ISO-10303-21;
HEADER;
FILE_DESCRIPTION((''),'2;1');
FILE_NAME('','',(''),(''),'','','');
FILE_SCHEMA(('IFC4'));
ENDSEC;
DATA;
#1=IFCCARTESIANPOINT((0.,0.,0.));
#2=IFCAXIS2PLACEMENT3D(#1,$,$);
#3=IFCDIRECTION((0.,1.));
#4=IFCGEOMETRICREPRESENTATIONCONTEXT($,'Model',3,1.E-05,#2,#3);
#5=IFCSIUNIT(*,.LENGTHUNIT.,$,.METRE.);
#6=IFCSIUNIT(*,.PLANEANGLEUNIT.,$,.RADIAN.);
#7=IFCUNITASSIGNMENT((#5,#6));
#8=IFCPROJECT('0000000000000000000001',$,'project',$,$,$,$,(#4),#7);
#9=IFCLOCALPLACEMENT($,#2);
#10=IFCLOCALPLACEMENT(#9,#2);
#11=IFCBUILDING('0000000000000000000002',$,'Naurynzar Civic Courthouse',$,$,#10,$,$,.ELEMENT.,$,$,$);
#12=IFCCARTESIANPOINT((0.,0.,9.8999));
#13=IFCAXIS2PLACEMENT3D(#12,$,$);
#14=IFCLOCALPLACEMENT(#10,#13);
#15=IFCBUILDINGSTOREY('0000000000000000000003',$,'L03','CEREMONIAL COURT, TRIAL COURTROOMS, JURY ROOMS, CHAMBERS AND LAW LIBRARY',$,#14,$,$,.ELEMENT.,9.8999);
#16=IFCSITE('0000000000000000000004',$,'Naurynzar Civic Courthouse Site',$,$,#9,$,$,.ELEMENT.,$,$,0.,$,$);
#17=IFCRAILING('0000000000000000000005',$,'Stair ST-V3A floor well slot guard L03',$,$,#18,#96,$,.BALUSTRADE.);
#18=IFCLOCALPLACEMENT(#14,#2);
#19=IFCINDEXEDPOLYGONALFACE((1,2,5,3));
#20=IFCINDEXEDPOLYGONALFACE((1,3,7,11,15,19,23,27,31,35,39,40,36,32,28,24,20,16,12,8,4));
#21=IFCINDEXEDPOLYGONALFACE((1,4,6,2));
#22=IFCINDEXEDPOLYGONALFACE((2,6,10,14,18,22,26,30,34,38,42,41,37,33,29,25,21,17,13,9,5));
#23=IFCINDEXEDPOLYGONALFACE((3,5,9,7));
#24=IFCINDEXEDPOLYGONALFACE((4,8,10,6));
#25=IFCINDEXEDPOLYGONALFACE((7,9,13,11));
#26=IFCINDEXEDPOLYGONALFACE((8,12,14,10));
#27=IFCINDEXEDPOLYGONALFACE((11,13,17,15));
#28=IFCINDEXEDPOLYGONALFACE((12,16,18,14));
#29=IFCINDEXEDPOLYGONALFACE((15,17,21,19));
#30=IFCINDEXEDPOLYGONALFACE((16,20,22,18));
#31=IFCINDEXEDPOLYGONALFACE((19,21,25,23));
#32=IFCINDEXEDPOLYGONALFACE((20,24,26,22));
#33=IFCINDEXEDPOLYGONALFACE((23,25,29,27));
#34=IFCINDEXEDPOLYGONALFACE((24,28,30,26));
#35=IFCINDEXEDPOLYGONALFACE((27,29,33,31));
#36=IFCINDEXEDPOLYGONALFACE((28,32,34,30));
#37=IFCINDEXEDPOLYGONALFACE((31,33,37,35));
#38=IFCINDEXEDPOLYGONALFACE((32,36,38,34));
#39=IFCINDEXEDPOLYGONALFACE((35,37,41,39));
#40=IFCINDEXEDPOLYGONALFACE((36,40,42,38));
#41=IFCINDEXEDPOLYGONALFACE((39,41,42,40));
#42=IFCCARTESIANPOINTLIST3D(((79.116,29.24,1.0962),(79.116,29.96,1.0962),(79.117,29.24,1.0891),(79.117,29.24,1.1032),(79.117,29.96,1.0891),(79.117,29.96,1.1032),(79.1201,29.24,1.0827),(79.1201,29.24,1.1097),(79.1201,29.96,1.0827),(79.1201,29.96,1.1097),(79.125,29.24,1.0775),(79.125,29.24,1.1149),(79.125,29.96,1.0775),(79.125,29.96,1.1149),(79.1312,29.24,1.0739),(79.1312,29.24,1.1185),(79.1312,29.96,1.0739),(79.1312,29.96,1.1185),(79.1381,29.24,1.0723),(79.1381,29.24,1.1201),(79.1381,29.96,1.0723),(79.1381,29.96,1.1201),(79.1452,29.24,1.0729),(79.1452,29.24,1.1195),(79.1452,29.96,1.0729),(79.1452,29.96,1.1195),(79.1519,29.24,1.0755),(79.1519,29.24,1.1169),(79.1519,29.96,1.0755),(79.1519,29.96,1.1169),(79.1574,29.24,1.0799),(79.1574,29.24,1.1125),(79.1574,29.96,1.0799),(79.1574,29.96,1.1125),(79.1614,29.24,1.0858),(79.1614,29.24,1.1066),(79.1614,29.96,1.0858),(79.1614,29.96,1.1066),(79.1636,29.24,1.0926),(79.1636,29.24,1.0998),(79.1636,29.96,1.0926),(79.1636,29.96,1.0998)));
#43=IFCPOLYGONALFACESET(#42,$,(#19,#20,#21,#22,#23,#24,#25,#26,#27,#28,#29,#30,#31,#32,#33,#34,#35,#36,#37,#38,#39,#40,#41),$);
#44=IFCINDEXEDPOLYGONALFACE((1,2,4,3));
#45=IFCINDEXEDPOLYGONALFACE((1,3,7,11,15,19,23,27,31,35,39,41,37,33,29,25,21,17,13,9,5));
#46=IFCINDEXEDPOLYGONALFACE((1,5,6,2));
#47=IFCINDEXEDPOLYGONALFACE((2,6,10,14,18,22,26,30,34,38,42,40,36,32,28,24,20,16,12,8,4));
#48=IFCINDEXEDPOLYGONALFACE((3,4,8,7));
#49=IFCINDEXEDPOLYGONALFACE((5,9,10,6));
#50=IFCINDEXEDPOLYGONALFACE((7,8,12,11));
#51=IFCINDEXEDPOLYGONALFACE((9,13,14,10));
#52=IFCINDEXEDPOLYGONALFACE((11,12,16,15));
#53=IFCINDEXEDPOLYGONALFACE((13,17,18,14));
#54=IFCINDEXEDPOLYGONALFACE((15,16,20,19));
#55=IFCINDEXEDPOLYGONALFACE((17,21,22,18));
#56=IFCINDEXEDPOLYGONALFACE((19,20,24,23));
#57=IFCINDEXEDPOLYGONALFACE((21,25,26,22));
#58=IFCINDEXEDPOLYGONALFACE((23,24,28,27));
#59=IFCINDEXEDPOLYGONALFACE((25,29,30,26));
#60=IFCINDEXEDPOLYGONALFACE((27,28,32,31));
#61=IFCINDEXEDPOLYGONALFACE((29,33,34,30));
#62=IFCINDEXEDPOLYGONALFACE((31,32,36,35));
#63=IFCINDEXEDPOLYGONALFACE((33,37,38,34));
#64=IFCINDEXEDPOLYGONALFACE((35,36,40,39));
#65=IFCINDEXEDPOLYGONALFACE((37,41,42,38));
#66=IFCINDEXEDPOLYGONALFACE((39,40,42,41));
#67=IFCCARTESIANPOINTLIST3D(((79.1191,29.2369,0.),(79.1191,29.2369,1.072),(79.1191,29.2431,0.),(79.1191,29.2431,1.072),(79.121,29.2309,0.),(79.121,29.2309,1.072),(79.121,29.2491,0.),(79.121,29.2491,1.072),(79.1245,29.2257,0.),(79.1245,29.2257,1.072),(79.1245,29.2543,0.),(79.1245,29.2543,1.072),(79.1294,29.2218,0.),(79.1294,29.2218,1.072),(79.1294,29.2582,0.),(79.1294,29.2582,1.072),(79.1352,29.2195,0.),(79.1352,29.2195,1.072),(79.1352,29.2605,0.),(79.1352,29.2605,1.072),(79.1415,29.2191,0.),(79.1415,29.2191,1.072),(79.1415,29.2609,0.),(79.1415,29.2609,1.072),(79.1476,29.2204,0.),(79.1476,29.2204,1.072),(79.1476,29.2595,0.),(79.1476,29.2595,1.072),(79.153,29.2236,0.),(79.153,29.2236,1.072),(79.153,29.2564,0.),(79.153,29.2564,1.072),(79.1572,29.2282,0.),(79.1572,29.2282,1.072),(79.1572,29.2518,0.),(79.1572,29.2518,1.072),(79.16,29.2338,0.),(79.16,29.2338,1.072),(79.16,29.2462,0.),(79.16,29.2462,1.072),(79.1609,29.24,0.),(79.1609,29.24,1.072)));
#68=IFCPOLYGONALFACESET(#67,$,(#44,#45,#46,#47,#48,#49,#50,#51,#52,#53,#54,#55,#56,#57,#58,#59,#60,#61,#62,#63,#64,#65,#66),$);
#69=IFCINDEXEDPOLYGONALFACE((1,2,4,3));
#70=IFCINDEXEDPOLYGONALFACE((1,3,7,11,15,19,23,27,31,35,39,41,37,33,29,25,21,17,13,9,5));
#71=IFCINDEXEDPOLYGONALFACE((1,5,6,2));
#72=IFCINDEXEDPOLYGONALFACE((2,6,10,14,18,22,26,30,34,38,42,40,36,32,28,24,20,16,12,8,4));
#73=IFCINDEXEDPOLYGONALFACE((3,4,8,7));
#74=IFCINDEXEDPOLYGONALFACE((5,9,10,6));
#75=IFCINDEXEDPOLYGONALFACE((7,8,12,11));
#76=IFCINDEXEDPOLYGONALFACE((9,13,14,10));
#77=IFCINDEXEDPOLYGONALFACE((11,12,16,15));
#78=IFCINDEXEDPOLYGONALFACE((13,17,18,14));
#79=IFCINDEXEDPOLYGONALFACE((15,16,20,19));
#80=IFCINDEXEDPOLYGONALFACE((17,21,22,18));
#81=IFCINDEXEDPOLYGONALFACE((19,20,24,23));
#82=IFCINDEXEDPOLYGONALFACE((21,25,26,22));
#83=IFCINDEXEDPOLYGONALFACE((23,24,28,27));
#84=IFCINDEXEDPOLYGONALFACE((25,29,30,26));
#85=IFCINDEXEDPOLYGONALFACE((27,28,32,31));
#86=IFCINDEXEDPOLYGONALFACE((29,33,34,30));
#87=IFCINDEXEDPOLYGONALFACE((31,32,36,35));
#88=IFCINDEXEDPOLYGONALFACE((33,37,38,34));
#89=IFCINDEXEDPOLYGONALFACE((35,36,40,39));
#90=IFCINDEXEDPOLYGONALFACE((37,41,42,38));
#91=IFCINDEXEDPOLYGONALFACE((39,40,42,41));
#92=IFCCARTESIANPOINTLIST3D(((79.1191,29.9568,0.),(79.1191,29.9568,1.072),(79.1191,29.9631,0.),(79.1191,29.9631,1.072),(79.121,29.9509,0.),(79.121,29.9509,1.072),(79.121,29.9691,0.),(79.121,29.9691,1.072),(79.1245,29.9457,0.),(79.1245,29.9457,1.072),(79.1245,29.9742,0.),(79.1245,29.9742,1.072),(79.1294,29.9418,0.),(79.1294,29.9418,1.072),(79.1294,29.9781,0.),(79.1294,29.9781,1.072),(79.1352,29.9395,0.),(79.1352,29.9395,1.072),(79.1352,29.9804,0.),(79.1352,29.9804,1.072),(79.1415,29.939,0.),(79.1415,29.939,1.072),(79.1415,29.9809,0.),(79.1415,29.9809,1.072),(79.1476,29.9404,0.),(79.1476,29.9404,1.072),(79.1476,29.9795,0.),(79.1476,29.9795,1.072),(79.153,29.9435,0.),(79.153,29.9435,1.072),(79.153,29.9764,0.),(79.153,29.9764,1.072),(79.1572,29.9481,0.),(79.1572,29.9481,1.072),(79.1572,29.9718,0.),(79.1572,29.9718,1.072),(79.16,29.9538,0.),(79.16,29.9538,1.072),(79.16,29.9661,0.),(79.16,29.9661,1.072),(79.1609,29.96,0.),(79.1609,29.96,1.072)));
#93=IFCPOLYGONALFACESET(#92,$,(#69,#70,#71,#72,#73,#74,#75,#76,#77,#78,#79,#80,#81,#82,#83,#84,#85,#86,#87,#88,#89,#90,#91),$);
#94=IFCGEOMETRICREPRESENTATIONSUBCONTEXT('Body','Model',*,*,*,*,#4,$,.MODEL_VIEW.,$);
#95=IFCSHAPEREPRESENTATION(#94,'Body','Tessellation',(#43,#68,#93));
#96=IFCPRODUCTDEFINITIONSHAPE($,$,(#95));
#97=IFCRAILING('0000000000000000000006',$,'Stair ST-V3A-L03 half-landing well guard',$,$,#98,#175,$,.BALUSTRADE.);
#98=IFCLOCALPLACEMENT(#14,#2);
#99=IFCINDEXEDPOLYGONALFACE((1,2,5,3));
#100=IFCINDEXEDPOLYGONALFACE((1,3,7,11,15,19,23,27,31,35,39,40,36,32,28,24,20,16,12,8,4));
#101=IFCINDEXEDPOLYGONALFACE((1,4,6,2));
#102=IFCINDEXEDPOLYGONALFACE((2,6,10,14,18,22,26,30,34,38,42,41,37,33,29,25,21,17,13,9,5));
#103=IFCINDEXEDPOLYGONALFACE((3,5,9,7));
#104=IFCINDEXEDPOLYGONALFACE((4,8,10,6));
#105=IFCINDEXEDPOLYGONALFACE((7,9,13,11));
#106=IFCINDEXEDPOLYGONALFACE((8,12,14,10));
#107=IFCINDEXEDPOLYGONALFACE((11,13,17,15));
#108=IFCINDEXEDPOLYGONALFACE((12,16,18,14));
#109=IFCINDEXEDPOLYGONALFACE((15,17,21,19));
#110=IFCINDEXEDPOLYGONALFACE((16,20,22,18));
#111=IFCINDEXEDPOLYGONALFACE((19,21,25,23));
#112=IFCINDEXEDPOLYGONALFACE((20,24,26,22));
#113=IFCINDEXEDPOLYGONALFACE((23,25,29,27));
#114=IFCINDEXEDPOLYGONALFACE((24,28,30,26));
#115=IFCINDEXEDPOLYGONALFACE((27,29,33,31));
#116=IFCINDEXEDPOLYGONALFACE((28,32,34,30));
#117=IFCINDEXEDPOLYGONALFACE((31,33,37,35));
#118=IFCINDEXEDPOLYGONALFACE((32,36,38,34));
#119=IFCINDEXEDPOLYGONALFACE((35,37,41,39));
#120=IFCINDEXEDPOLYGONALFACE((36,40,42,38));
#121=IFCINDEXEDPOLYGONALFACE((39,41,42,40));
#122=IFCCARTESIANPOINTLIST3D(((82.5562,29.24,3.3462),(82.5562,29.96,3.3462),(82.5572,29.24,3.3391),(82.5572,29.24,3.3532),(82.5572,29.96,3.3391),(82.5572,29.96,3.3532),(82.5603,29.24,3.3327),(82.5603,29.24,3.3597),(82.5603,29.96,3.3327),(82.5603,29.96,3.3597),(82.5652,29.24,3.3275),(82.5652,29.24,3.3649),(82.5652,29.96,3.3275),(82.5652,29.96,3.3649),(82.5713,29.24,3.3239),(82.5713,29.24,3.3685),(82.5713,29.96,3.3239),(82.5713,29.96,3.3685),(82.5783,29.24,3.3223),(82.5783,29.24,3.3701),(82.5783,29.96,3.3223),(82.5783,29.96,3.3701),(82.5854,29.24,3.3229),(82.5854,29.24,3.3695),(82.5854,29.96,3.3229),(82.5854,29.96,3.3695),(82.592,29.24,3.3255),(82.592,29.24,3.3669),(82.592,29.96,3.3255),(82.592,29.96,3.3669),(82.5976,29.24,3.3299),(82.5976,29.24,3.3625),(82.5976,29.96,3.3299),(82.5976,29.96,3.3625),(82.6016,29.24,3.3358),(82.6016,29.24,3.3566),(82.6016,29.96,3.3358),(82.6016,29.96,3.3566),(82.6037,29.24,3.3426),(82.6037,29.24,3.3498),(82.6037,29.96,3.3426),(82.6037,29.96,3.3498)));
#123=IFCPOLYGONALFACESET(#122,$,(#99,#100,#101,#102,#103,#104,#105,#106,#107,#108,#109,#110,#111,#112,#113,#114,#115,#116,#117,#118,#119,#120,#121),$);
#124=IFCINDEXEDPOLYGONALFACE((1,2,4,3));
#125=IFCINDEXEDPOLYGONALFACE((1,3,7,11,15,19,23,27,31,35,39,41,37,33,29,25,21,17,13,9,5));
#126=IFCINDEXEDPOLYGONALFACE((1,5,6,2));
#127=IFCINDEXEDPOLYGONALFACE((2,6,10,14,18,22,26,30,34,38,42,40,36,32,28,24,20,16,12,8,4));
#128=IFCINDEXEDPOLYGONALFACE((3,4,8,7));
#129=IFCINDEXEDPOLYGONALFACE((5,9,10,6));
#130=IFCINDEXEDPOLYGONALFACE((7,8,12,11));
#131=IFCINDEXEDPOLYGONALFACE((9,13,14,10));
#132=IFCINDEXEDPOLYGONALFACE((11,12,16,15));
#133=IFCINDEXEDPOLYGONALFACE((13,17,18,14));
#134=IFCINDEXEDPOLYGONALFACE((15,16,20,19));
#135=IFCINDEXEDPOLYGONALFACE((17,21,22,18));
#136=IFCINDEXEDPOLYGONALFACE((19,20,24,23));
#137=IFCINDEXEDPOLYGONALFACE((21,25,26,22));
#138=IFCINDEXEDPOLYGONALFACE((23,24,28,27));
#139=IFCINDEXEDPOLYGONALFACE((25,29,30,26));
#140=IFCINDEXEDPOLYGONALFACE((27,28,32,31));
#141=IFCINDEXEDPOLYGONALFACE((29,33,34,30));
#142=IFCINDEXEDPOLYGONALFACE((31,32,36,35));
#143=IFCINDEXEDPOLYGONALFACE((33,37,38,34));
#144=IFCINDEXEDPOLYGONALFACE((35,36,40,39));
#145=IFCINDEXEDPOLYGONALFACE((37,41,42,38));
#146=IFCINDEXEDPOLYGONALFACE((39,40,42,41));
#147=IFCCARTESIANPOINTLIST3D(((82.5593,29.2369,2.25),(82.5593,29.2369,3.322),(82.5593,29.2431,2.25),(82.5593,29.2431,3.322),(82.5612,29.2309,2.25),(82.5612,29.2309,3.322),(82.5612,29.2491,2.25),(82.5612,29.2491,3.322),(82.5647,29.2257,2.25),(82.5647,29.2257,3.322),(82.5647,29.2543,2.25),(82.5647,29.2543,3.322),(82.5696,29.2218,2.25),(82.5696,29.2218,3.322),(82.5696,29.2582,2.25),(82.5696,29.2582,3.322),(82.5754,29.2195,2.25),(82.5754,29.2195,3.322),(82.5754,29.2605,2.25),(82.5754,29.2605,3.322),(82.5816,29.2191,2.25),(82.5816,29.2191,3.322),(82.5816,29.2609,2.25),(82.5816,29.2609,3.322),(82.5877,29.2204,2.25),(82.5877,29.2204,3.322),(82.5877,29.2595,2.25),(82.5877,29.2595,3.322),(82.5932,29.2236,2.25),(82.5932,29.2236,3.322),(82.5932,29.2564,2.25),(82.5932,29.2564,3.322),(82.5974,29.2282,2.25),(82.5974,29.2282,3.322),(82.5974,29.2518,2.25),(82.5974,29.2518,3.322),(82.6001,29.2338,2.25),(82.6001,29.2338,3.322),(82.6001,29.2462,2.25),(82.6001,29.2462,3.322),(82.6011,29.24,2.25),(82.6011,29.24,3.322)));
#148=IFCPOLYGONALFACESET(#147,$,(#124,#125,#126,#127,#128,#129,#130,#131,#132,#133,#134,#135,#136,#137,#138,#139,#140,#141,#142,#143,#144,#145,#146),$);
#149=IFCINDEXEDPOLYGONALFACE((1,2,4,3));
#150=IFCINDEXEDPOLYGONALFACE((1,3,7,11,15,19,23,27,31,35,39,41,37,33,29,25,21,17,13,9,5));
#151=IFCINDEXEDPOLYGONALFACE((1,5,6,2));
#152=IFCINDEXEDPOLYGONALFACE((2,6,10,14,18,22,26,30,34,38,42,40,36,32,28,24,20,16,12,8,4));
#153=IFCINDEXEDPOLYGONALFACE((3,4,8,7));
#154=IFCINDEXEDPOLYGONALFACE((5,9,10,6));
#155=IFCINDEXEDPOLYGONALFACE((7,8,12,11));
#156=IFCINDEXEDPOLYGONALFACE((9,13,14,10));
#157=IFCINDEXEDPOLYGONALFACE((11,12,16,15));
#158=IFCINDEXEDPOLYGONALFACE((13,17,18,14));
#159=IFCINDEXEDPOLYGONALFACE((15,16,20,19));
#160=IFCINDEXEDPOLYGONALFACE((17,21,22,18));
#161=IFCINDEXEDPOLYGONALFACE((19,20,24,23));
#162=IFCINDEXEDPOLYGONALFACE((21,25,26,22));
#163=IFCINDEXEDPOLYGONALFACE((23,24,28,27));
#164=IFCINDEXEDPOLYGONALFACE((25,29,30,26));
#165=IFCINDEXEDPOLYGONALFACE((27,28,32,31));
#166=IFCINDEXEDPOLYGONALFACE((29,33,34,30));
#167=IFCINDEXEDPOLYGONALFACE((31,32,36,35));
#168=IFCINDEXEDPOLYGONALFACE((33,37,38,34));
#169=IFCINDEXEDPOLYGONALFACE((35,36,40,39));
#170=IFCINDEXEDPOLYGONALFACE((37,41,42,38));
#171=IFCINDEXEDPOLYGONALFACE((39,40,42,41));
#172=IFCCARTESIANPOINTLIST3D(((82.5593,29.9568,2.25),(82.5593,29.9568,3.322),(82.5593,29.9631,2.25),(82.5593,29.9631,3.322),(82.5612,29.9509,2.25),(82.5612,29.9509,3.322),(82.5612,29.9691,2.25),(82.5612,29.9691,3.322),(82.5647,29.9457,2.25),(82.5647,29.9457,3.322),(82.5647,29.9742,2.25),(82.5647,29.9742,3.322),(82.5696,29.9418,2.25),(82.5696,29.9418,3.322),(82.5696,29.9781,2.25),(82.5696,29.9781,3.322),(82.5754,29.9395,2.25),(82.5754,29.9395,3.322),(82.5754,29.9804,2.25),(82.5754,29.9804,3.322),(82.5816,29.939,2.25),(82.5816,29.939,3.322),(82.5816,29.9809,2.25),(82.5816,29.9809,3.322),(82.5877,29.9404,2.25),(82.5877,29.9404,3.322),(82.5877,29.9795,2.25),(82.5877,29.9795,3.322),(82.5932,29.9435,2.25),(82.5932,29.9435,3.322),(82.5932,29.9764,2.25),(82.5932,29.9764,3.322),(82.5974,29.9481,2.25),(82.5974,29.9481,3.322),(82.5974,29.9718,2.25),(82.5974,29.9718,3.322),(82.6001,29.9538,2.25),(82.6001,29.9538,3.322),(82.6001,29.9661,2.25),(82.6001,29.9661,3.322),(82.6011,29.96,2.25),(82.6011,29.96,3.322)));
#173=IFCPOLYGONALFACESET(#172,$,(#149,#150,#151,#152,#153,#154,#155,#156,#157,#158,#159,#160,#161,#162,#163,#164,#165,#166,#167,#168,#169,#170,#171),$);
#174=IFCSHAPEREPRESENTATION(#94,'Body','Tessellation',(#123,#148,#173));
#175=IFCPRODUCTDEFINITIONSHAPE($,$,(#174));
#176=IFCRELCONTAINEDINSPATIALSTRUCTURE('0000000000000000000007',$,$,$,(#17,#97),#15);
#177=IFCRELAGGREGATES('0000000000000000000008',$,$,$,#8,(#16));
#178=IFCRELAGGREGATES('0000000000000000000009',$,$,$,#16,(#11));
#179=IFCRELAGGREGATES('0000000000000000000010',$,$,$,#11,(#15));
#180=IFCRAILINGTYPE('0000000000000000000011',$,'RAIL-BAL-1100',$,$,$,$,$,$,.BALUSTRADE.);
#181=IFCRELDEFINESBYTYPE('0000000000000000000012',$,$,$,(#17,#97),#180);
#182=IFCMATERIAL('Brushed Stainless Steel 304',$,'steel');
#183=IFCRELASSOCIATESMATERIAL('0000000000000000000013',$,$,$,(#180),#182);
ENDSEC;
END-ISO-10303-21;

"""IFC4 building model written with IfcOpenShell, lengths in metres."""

from ifc_helpers import new_model, si_unit, direction, frame, origin, origin_2d, place, context, subcontext, project, spatial, circle, extrude, material, type_object, element, save


model = new_model("IFC4")

# Units and contexts
model_context = context("Model", 3, precision=1e-05, world=origin(), true_north=direction((0.0, 1.0)))
body_context = subcontext(model_context, "Body", "Model", "MODEL_VIEW")
ifc_project = project(units=[si_unit("LENGTHUNIT", "METRE"), si_unit("PLANEANGLEUNIT", "RADIAN")], contexts=[model_context])

# Site, building, storey
site_placement = place(None, origin())
site = spatial("IfcSite", under=ifc_project, at=site_placement, Name="Naurynzar Civic Courthouse Site", CompositionType="ELEMENT", RefElevation=0.0)
building_placement = place(site_placement, origin())
building = spatial("IfcBuilding", under=site, at=building_placement, Name="Naurynzar Civic Courthouse", CompositionType="ELEMENT")
storey_placement = place(building_placement, frame((0.0, 0.0, 9.8999)))
storey = spatial("IfcBuildingStorey", under=building, at=storey_placement, Name="L03", Description="CEREMONIAL COURT, TRIAL COURTROOMS, JURY ROOMS, CHAMBERS AND LAW LIBRARY", CompositionType="ELEMENT", Elevation=9.8999)

# Railings
ifc_material_1 = material(Name="Brushed Stainless Steel 304", Category="steel")
railing_type_1 = type_object("IfcRailingType", Name="RAIL-BAL-1100", PredefinedType="BALUSTRADE", material=ifc_material_1)
for number, where, name in (
    (1, (79.1399, 29.24, 0.0), "Stair ST-V3A floor well slot guard L03"),
    (2, (82.5801, 29.24, 2.25), "Stair ST-V3A-L03 half-landing well guard"),
):
    element("IfcRailing", number, at=place(storey_placement, frame(where)), inside=storey, type_object=railing_type_1, Name=name, PredefinedType="BALUSTRADE", context=body_context, shape_type="SweptSolid", body=[
        extrude(circle(Radius=0.0239, at=origin_2d()), frame((0.0, 0.0, 1.0962), z_axis=(0.0, 1.0, 0.0), x_axis=(-1.0, 0.0, 0.0)), (0.0, 0.0, 1.0), 0.72),
        extrude(circle(Radius=0.021, at=origin_2d()), origin(), (0.0, 0.0, 1.0), 1.072),
        extrude(circle(Radius=0.021, at=origin_2d()), frame((0.0, 0.72, 0.0)), (0.0, 0.0, 1.0), 1.072),
    ])

save(model, "model.ifc")
